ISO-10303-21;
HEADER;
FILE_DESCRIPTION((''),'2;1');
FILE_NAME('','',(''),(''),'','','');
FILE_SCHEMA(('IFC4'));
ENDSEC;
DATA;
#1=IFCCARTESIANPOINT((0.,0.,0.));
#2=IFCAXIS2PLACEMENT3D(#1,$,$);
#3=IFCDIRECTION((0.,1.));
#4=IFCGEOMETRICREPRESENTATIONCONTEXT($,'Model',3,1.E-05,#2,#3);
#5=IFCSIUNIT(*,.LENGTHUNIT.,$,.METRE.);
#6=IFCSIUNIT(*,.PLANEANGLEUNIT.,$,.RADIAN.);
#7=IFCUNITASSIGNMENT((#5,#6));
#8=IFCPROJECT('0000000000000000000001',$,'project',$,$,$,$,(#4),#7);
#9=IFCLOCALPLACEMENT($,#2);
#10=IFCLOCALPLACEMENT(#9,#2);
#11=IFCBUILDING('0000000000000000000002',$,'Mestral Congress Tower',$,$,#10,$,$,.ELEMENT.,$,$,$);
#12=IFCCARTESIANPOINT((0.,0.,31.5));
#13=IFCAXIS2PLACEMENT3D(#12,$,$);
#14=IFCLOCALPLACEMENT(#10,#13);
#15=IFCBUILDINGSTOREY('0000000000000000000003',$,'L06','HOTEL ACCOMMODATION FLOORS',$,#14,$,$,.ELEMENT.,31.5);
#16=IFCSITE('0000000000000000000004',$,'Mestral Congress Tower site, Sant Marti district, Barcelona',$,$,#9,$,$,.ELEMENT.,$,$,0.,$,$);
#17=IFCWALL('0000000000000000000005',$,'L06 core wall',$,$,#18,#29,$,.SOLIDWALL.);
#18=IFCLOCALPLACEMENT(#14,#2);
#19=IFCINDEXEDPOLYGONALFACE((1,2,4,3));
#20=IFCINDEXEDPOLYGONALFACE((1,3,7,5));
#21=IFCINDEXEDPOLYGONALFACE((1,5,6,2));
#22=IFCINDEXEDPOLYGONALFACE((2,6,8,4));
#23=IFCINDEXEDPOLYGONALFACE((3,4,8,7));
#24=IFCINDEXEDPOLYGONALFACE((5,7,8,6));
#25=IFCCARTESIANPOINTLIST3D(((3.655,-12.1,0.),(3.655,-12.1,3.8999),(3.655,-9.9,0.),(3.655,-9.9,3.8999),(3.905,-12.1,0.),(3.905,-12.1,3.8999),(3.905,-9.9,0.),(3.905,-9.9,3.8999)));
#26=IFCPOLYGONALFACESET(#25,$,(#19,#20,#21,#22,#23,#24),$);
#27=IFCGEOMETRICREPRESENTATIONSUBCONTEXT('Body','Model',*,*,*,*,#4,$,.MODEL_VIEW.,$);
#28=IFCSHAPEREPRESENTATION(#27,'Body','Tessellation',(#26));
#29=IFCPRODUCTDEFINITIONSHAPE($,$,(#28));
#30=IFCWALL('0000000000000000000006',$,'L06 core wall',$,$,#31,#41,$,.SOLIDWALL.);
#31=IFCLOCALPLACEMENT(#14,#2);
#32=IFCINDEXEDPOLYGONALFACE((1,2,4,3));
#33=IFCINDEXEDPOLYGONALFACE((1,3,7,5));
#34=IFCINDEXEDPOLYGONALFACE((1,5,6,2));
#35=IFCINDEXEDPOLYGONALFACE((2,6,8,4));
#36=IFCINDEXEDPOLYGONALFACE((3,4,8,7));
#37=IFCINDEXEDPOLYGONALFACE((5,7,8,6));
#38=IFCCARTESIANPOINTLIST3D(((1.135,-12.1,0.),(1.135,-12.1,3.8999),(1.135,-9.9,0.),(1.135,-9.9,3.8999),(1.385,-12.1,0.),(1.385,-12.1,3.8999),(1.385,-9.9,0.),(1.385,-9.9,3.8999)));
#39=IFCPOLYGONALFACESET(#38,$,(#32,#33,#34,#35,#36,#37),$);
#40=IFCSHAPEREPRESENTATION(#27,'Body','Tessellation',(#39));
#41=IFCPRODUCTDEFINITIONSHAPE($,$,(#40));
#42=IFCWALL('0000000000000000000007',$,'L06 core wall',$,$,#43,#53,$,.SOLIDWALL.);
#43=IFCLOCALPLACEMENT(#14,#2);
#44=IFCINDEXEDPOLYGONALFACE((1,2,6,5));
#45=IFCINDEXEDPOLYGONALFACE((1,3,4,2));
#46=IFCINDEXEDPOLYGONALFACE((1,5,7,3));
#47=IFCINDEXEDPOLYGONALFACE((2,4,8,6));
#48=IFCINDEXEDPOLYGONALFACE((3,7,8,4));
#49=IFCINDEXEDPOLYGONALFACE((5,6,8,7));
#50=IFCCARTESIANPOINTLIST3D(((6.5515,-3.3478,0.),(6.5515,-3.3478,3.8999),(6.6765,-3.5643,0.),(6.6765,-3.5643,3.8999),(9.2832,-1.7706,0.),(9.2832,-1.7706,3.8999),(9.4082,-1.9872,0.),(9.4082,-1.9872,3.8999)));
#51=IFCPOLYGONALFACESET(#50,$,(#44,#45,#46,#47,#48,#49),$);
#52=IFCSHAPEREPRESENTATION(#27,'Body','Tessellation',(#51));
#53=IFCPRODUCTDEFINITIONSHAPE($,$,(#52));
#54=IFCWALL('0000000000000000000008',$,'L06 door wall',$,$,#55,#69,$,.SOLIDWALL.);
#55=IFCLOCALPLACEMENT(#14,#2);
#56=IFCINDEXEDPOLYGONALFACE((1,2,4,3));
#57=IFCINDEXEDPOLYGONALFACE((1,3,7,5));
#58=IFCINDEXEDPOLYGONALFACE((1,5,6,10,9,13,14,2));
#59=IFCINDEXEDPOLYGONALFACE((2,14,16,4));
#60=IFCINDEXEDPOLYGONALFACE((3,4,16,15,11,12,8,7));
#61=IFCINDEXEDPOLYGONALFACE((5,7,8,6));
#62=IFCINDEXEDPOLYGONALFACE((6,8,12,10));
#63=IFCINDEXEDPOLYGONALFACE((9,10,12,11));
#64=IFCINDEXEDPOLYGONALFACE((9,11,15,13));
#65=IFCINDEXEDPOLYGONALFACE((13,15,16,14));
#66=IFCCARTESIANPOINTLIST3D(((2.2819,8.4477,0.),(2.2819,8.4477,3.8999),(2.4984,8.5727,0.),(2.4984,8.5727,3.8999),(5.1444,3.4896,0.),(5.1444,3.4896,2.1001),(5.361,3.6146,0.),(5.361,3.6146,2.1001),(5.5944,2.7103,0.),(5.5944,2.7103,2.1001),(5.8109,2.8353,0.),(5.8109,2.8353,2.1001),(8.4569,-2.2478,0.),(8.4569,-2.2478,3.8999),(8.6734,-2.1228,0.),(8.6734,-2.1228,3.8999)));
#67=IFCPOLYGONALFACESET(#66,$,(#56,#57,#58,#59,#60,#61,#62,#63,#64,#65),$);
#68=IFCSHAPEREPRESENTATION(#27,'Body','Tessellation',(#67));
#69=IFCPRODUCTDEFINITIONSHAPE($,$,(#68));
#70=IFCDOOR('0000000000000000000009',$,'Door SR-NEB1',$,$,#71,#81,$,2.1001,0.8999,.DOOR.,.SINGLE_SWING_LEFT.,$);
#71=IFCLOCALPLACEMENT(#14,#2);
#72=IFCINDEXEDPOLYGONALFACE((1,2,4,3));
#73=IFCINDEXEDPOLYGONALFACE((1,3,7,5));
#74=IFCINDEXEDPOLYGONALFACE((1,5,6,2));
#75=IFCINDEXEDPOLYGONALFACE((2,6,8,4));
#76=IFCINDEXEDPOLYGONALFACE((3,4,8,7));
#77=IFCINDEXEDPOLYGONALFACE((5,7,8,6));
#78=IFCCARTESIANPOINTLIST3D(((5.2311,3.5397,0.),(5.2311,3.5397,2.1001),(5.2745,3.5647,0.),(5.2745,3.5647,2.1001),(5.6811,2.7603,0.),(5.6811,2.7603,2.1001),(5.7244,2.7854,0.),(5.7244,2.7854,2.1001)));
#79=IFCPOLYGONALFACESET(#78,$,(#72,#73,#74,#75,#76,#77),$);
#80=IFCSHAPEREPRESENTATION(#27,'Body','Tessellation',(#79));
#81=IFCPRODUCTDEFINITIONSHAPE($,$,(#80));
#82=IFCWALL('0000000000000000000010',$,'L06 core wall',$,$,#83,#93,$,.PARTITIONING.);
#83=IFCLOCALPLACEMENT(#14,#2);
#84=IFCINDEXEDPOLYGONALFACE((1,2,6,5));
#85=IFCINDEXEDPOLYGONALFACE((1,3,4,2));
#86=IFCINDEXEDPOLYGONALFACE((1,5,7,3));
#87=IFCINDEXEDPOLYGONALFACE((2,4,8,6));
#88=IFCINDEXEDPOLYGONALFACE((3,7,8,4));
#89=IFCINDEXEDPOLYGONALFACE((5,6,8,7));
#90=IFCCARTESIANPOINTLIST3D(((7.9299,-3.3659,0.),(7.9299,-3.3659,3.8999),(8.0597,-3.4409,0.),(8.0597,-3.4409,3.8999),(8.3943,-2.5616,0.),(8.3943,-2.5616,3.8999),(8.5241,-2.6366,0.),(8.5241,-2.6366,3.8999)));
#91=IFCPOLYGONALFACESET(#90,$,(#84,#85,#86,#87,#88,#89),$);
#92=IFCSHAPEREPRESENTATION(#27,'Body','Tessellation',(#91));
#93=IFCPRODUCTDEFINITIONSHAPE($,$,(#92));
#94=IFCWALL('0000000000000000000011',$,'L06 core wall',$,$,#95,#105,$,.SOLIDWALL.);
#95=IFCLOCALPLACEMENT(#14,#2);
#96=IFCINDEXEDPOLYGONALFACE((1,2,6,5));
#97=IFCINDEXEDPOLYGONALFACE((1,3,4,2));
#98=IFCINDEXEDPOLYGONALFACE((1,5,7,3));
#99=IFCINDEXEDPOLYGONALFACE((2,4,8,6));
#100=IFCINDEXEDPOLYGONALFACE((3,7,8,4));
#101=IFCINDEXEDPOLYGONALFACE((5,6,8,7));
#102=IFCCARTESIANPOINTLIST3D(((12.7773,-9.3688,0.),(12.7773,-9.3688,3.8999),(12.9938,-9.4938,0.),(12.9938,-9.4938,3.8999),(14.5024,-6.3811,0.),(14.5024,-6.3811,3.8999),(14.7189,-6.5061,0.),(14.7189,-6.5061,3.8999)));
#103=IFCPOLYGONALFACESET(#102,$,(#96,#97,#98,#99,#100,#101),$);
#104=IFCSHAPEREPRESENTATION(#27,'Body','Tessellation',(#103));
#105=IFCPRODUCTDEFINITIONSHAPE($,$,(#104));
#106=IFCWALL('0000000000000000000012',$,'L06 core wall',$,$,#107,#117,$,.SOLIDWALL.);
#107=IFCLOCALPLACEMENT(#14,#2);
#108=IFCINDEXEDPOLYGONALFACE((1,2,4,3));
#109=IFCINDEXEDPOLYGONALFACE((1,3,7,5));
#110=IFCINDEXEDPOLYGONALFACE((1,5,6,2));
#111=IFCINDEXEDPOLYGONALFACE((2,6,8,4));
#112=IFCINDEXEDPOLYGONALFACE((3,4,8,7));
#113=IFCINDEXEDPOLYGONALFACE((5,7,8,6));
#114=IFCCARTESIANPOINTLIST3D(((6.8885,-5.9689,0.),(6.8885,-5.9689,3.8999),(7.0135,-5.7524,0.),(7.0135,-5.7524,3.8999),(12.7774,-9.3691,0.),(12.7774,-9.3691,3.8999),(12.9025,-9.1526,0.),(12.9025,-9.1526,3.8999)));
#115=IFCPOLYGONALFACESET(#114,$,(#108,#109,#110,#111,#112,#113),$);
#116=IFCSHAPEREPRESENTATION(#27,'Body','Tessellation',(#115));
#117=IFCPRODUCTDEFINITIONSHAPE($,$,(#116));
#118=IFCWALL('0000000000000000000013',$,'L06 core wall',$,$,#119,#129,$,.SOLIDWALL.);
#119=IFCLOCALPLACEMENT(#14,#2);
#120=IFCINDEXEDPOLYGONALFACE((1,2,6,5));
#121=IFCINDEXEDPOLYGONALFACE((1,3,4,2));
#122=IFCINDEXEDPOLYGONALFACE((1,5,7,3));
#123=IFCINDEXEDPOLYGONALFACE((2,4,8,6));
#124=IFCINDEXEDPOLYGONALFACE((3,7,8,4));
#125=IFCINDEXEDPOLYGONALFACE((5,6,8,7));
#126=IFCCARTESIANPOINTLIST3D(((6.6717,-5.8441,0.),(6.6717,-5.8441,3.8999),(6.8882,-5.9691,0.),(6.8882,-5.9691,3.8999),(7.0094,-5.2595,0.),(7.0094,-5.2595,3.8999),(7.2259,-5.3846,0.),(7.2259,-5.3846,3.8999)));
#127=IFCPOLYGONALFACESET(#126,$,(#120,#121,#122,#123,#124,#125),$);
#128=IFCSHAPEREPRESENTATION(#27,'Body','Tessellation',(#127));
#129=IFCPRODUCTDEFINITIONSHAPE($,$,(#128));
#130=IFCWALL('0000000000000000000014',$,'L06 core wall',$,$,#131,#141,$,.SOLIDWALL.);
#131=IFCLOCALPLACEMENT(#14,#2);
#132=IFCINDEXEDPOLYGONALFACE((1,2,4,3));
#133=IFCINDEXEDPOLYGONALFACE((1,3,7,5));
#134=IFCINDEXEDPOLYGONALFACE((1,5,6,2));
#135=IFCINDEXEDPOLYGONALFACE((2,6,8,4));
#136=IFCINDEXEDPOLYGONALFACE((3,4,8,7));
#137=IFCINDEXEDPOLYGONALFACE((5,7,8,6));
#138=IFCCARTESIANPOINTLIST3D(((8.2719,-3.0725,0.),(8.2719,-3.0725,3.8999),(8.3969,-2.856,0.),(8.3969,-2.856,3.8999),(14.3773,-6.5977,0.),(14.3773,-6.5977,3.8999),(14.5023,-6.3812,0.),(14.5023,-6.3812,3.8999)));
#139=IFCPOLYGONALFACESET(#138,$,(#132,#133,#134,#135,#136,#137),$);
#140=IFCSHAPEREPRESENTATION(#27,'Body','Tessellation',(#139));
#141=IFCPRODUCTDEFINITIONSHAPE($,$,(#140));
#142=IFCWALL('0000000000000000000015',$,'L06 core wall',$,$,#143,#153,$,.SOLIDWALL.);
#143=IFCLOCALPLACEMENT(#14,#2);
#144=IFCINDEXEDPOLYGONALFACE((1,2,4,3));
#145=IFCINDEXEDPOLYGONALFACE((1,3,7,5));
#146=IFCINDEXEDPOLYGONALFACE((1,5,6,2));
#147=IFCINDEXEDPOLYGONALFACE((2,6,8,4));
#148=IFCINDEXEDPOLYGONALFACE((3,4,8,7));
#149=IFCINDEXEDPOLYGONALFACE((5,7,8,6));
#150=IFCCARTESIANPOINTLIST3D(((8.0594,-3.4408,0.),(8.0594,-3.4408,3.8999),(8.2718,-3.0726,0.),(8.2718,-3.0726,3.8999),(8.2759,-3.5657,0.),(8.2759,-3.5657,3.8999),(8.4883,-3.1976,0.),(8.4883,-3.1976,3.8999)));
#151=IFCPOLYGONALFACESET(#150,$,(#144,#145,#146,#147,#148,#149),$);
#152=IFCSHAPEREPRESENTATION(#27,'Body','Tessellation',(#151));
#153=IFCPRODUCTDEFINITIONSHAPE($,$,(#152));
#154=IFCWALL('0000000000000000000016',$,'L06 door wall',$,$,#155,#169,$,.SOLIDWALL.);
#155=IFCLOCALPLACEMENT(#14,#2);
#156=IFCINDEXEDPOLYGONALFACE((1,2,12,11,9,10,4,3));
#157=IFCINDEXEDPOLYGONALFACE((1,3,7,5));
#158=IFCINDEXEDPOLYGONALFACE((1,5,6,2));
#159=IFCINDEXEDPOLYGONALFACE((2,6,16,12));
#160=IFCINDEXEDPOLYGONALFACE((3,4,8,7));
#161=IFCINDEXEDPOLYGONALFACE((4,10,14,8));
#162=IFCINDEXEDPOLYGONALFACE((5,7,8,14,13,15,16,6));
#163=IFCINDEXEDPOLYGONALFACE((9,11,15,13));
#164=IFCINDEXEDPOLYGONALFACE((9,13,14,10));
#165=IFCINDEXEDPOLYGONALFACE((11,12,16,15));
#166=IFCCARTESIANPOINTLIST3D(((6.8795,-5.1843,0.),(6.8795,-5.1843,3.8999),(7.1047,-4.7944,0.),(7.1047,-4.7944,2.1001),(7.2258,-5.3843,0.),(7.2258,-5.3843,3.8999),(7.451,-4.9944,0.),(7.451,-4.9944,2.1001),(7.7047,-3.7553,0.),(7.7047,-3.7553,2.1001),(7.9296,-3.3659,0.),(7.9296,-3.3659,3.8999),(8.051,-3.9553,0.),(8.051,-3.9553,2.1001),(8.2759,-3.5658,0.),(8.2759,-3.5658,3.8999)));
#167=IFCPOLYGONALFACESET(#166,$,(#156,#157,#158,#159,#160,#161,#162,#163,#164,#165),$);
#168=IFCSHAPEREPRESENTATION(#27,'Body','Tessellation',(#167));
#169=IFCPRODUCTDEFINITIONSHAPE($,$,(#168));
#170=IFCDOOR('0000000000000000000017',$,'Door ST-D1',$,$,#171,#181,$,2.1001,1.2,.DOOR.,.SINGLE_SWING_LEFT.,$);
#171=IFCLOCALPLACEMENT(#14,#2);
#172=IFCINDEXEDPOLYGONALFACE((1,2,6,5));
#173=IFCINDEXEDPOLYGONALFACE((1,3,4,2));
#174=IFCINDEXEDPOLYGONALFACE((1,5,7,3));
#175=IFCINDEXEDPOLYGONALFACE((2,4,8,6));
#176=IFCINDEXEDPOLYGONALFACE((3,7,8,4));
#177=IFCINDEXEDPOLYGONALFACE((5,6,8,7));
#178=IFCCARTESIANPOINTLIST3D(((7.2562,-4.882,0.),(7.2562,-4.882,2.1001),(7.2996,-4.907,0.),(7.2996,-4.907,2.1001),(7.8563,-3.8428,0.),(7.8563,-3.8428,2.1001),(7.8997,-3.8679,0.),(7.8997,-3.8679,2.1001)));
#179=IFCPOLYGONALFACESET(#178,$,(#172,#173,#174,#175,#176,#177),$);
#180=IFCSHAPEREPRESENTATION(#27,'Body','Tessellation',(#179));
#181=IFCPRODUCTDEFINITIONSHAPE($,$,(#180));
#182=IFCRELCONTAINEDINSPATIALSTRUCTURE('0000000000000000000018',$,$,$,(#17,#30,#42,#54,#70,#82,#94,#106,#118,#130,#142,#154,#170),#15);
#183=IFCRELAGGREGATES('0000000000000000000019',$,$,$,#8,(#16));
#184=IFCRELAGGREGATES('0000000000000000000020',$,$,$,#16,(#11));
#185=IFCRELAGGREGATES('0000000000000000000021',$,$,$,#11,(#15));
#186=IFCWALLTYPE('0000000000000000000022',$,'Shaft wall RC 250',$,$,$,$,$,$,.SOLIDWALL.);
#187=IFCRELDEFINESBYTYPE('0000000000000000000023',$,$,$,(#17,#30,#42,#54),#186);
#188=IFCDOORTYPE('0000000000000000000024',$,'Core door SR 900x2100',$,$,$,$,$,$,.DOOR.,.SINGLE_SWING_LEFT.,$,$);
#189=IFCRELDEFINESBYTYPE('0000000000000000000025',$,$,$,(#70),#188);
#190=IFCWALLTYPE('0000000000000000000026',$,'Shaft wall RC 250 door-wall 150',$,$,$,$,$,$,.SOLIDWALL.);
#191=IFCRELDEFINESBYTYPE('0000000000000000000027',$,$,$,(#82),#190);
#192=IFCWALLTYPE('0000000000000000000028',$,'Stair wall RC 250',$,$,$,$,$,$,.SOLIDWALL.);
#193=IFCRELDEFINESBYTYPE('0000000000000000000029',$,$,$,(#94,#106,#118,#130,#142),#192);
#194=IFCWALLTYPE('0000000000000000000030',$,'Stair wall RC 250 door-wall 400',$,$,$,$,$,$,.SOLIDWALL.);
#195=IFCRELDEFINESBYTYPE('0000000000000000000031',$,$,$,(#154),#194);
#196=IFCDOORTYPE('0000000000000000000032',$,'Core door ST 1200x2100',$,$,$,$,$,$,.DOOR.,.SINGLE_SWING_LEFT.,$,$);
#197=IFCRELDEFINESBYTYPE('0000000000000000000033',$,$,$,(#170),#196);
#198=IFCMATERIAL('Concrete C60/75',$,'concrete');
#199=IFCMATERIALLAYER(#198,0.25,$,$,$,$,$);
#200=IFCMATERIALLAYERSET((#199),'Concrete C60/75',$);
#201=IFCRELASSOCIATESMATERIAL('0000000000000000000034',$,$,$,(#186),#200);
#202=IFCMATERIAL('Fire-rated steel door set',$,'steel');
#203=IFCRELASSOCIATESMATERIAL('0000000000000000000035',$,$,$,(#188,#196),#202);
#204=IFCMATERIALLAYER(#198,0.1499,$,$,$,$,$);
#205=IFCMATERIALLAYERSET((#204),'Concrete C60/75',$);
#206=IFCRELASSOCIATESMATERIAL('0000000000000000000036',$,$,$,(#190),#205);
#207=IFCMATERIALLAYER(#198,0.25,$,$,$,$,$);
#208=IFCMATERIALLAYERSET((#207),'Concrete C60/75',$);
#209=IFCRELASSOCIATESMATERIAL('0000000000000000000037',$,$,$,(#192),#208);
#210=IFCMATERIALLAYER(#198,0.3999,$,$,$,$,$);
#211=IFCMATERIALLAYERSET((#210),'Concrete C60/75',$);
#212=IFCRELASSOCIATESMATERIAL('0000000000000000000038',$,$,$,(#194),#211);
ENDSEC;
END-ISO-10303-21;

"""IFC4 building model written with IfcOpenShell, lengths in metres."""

from ifc_helpers import new_model, si_unit, direction, frame, frame_2d, origin, place, context, subcontext, project, spatial, rectangle, extrude, material, layer, layer_set, type_object, element, fill, save


model = new_model("IFC4")

# Units and contexts
model_context = context("Model", 3, precision=1e-05, world=origin(), true_north=direction((0.0, 1.0)))
body_context = subcontext(model_context, "Body", "Model", "MODEL_VIEW")
ifc_project = project(units=[si_unit("LENGTHUNIT", "METRE"), si_unit("PLANEANGLEUNIT", "RADIAN")], contexts=[model_context])

# Site, building, storey
site_placement = place(None, origin())
site = spatial("IfcSite", under=ifc_project, at=site_placement, Name="Mestral Congress Tower site, Sant Marti district, Barcelona", CompositionType="ELEMENT", RefElevation=0.0)
building_placement = place(site_placement, origin())
building = spatial("IfcBuilding", under=site, at=building_placement, Name="Mestral Congress Tower", CompositionType="ELEMENT")
storey_placement = place(building_placement, frame((0.0, 0.0, 31.5)))
storey = spatial("IfcBuildingStorey", under=building, at=storey_placement, Name="L06", Description="HOTEL ACCOMMODATION FLOORS", CompositionType="ELEMENT", Elevation=31.5)

# Shared definitions
ifc_material_1 = material(Name="Fire-rated steel door set", Category="steel")
ifc_material_2 = material(Name="Concrete C60/75", Category="concrete")

# Walls
ifc_layer_1 = layer(ifc_material_2, 0.25)
ifc_layer_set_1 = layer_set([ifc_layer_1], Name="Concrete C60/75")
wall_type_1 = type_object("IfcWallType", Name="Shaft wall RC 250", PredefinedType="SOLIDWALL", material=ifc_layer_set_1)
for number, where, z_axis, x_axis, name in (
    (1, (3.78, -12.1001, 0.0), (0.0, 0.0, 1.0), (0.0, 1.0, 0.0), "L06 core wall"),
    (2, (1.26, -12.1001, 0.0), (0.0, 0.0, 1.0), (0.0, 1.0, 0.0), "L06 core wall"),
):
    element("IfcWall", number, at=place(storey_placement, frame(where, z_axis=z_axis, x_axis=x_axis)), inside=storey, type_object=wall_type_1, Name=name, PredefinedType="SOLIDWALL", context=body_context, shape_type="SweptSolid", body=[
        extrude(rectangle(XDim=2.2, YDim=0.25, at=frame_2d((1.1001, 0.0))), origin(), (0.0, 0.0, 1.0), 3.8999),
    ])
wall_1_placement = place(storey_placement, frame((6.614, -3.4561, 0.0), z_axis=(0.0, 0.0, 1.0), x_axis=(0.866024, 0.500002, 0.0)))
element("IfcWall", 3, at=wall_1_placement, inside=storey, type_object=wall_type_1, Name="L06 core wall", PredefinedType="SOLIDWALL", context=body_context, shape_type="SweptSolid", body=[
    extrude(rectangle(XDim=3.1543, YDim=0.25, at=frame_2d((1.5771, 0.0))), origin(), (0.0, 0.0, 1.0), 3.8999),
])

# Wall, opening, door
wall_2_placement = place(storey_placement, frame((8.5652, -2.1853, 0.0), z_axis=(0.0, 0.0, 1.0), x_axis=(-0.499998, 0.866027, 0.0)))
wall_2 = element("IfcWall", 4, at=wall_2_placement, inside=storey, type_object=wall_type_1, Name="L06 door wall", PredefinedType="SOLIDWALL", context=body_context, shape_type="SweptSolid", body=[
    extrude(rectangle(XDim=12.3501, YDim=0.25, at=frame_2d((6.175, 0.0))), origin(), (0.0, 0.0, 1.0), 3.8999),
])
opening_1_placement = place(wall_2_placement, frame((5.7251, 0.0, 0.0)))
opening_1 = element("IfcOpeningElement", 5, at=opening_1_placement, cuts=wall_2, PredefinedType="OPENING", context=body_context, shape_type="SweptSolid", body=[
    extrude(rectangle(XDim=0.8999, YDim=2.1001, at=frame_2d((0.45, 1.05))), frame((0.0, 0.135, 0.0), z_axis=(0.0, -1.0, 0.0), x_axis=(1.0, 0.0, 0.0)), (0.0, 0.0, 1.0), 0.27),
])
door_type_1 = type_object("IfcDoorType", Name="Core door SR 900x2100", OperationType="SINGLE_SWING_LEFT", PredefinedType="DOOR", material=ifc_material_1)
door_1_placement = place(opening_1_placement, origin())
door_1 = element("IfcDoor", 6, at=door_1_placement, inside=storey, type_object=door_type_1, Name="Door SR-NEB1", OperationType="SINGLE_SWING_LEFT", OverallHeight=2.1001, OverallWidth=0.8999, PredefinedType="DOOR", context=body_context, shape_type="SweptSolid", body=[
    extrude(rectangle(XDim=0.8999, YDim=2.1001, at=frame_2d((0.45, 1.05))), frame((0.0, 0.0249, 0.0), z_axis=(0.0, -1.0, 0.0), x_axis=(1.0, 0.0, 0.0)), (0.0, 0.0, 1.0), 0.05),
])
fill(opening_1, door_1)

# Walls
ifc_layer_2 = layer(ifc_material_2, 0.1499)
ifc_layer_set_2 = layer_set([ifc_layer_2], Name="Concrete C60/75")
wall_type_2 = type_object("IfcWallType", Name="Shaft wall RC 250 door-wall 150", PredefinedType="SOLIDWALL", material=ifc_layer_set_2)
wall_3_placement = place(storey_placement, frame((8.4592, -2.5991, 0.0), z_axis=(0.0, 0.0, 1.0), x_axis=(-0.500041, -0.866002, 0.0)))
element("IfcWall", 7, at=wall_3_placement, inside=storey, type_object=wall_type_2, Name="L06 core wall", PredefinedType="PARTITIONING", context=body_context, shape_type="SweptSolid", body=[
    extrude(rectangle(XDim=0.9287, YDim=0.1499, at=frame_2d((0.4644, 0.0))), origin(), (0.0, 0.0, 1.0), 3.8999),
])
ifc_layer_3 = layer(ifc_material_2, 0.25)
ifc_layer_set_3 = layer_set([ifc_layer_3], Name="Concrete C60/75")
wall_type_3 = type_object("IfcWallType", Name="Stair wall RC 250", PredefinedType="SOLIDWALL", material=ifc_layer_set_3)
wall_4_placement = place(storey_placement, frame((12.8855, -9.4314, 0.0), z_axis=(0.0, 0.0, 1.0), x_axis=(0.500021, 0.866014, 0.0)))
element("IfcWall", 8, at=wall_4_placement, inside=storey, type_object=wall_type_3, Name="L06 core wall", PredefinedType="SOLIDWALL", context=body_context, shape_type="SweptSolid", body=[
    extrude(rectangle(XDim=3.45, YDim=0.25, at=frame_2d((1.7251, 0.0))), origin(), (0.0, 0.0, 1.0), 3.8999),
])
wall_5_placement = place(storey_placement, frame((12.8398, -9.2607, 0.0), z_axis=(0.0, 0.0, 1.0), x_axis=(-0.866014, 0.50002, 0.0)))
element("IfcWall", 9, at=wall_5_placement, inside=storey, type_object=wall_type_3, Name="L06 core wall", PredefinedType="SOLIDWALL", context=body_context, shape_type="SweptSolid", body=[
    extrude(rectangle(XDim=6.8, YDim=0.25, at=frame_2d((3.3999, 0.0))), origin(), (0.0, 0.0, 1.0), 3.8999),
])
wall_6_placement = place(storey_placement, frame((6.78, -5.9065, 0.0), z_axis=(0.0, 0.0, 1.0), x_axis=(0.500223, 0.865896, 0.0)))
element("IfcWall", 10, at=wall_6_placement, inside=storey, type_object=wall_type_3, Name="L06 core wall", PredefinedType="SOLIDWALL", context=body_context, shape_type="SweptSolid", body=[
    extrude(rectangle(XDim=0.675, YDim=0.25, at=frame_2d((0.3374, 0.0))), origin(), (0.0, 0.0, 1.0), 3.8999),
])
wall_7_placement = place(storey_placement, frame((8.3345, -2.9644, 0.0), z_axis=(0.0, 0.0, 1.0), x_axis=(0.866016, -0.500016, 0.0)))
element("IfcWall", 11, at=wall_7_placement, inside=storey, type_object=wall_type_3, Name="L06 core wall", PredefinedType="SOLIDWALL", context=body_context, shape_type="SweptSolid", body=[
    extrude(rectangle(XDim=7.05, YDim=0.25, at=frame_2d((3.5249, 0.0))), origin(), (0.0, 0.0, 1.0), 3.8999),
])
wall_8_placement = place(storey_placement, frame((8.1677, -3.5032, 0.0), z_axis=(0.0, 0.0, 1.0), x_axis=(0.499722, 0.866186, 0.0)))
element("IfcWall", 12, at=wall_8_placement, inside=storey, type_object=wall_type_3, Name="L06 core wall", PredefinedType="SOLIDWALL", context=body_context, shape_type="SweptSolid", body=[
    extrude(rectangle(XDim=0.425, YDim=0.25, at=frame_2d((0.2124, 0.0))), origin(), (0.0, 0.0, 1.0), 3.8999),
])

# Wall, opening, door
ifc_layer_4 = layer(ifc_material_2, 0.3999)
ifc_layer_set_4 = layer_set([ifc_layer_4], Name="Concrete C60/75")
wall_type_4 = type_object("IfcWallType", Name="Stair wall RC 250 door-wall 400", PredefinedType="SOLIDWALL", material=ifc_layer_set_4)
wall_9_placement = place(storey_placement, frame((7.0527, -5.2842, 0.0), z_axis=(0.0, 0.0, 1.0), x_axis=(0.500078, 0.86598, 0.0)))
wall_9 = element("IfcWall", 13, at=wall_9_placement, inside=storey, type_object=wall_type_4, Name="L06 door wall", PredefinedType="SOLIDWALL", context=body_context, shape_type="SweptSolid", body=[
    extrude(rectangle(XDim=2.0999, YDim=0.3999, at=frame_2d((1.0498, 0.0))), origin(), (0.0, 0.0, 1.0), 3.8999),
])
opening_2_placement = place(wall_9_placement, frame((0.45, 0.0, 0.0)))
opening_2 = element("IfcOpeningElement", 14, at=opening_2_placement, cuts=wall_9, PredefinedType="OPENING", context=body_context, shape_type="SweptSolid", body=[
    extrude(rectangle(XDim=1.2, YDim=2.1001, at=frame_2d((0.6001, 1.05))), frame((0.0, 0.21, 0.0), z_axis=(0.0, -1.0, 0.0), x_axis=(1.0, 0.0, 0.0)), (0.0, 0.0, 1.0), 0.4199),
])
door_type_2 = type_object("IfcDoorType", Name="Core door ST 1200x2100", OperationType="SINGLE_SWING_LEFT", PredefinedType="DOOR", material=ifc_material_1)
door_2_placement = place(opening_2_placement, origin())
door_2 = element("IfcDoor", 15, at=door_2_placement, inside=storey, type_object=door_type_2, Name="Door ST-D1", OperationType="SINGLE_SWING_LEFT", OverallHeight=2.1001, OverallWidth=1.2, PredefinedType="DOOR", context=body_context, shape_type="SweptSolid", body=[
    extrude(rectangle(XDim=1.2, YDim=2.1001, at=frame_2d((0.6001, 1.05))), frame((0.0, 0.0249, 0.0), z_axis=(0.0, -1.0, 0.0), x_axis=(1.0, 0.0, 0.0)), (0.0, 0.0, 1.0), 0.05),
])
fill(opening_2, door_2)

save(model, "model.ifc")
